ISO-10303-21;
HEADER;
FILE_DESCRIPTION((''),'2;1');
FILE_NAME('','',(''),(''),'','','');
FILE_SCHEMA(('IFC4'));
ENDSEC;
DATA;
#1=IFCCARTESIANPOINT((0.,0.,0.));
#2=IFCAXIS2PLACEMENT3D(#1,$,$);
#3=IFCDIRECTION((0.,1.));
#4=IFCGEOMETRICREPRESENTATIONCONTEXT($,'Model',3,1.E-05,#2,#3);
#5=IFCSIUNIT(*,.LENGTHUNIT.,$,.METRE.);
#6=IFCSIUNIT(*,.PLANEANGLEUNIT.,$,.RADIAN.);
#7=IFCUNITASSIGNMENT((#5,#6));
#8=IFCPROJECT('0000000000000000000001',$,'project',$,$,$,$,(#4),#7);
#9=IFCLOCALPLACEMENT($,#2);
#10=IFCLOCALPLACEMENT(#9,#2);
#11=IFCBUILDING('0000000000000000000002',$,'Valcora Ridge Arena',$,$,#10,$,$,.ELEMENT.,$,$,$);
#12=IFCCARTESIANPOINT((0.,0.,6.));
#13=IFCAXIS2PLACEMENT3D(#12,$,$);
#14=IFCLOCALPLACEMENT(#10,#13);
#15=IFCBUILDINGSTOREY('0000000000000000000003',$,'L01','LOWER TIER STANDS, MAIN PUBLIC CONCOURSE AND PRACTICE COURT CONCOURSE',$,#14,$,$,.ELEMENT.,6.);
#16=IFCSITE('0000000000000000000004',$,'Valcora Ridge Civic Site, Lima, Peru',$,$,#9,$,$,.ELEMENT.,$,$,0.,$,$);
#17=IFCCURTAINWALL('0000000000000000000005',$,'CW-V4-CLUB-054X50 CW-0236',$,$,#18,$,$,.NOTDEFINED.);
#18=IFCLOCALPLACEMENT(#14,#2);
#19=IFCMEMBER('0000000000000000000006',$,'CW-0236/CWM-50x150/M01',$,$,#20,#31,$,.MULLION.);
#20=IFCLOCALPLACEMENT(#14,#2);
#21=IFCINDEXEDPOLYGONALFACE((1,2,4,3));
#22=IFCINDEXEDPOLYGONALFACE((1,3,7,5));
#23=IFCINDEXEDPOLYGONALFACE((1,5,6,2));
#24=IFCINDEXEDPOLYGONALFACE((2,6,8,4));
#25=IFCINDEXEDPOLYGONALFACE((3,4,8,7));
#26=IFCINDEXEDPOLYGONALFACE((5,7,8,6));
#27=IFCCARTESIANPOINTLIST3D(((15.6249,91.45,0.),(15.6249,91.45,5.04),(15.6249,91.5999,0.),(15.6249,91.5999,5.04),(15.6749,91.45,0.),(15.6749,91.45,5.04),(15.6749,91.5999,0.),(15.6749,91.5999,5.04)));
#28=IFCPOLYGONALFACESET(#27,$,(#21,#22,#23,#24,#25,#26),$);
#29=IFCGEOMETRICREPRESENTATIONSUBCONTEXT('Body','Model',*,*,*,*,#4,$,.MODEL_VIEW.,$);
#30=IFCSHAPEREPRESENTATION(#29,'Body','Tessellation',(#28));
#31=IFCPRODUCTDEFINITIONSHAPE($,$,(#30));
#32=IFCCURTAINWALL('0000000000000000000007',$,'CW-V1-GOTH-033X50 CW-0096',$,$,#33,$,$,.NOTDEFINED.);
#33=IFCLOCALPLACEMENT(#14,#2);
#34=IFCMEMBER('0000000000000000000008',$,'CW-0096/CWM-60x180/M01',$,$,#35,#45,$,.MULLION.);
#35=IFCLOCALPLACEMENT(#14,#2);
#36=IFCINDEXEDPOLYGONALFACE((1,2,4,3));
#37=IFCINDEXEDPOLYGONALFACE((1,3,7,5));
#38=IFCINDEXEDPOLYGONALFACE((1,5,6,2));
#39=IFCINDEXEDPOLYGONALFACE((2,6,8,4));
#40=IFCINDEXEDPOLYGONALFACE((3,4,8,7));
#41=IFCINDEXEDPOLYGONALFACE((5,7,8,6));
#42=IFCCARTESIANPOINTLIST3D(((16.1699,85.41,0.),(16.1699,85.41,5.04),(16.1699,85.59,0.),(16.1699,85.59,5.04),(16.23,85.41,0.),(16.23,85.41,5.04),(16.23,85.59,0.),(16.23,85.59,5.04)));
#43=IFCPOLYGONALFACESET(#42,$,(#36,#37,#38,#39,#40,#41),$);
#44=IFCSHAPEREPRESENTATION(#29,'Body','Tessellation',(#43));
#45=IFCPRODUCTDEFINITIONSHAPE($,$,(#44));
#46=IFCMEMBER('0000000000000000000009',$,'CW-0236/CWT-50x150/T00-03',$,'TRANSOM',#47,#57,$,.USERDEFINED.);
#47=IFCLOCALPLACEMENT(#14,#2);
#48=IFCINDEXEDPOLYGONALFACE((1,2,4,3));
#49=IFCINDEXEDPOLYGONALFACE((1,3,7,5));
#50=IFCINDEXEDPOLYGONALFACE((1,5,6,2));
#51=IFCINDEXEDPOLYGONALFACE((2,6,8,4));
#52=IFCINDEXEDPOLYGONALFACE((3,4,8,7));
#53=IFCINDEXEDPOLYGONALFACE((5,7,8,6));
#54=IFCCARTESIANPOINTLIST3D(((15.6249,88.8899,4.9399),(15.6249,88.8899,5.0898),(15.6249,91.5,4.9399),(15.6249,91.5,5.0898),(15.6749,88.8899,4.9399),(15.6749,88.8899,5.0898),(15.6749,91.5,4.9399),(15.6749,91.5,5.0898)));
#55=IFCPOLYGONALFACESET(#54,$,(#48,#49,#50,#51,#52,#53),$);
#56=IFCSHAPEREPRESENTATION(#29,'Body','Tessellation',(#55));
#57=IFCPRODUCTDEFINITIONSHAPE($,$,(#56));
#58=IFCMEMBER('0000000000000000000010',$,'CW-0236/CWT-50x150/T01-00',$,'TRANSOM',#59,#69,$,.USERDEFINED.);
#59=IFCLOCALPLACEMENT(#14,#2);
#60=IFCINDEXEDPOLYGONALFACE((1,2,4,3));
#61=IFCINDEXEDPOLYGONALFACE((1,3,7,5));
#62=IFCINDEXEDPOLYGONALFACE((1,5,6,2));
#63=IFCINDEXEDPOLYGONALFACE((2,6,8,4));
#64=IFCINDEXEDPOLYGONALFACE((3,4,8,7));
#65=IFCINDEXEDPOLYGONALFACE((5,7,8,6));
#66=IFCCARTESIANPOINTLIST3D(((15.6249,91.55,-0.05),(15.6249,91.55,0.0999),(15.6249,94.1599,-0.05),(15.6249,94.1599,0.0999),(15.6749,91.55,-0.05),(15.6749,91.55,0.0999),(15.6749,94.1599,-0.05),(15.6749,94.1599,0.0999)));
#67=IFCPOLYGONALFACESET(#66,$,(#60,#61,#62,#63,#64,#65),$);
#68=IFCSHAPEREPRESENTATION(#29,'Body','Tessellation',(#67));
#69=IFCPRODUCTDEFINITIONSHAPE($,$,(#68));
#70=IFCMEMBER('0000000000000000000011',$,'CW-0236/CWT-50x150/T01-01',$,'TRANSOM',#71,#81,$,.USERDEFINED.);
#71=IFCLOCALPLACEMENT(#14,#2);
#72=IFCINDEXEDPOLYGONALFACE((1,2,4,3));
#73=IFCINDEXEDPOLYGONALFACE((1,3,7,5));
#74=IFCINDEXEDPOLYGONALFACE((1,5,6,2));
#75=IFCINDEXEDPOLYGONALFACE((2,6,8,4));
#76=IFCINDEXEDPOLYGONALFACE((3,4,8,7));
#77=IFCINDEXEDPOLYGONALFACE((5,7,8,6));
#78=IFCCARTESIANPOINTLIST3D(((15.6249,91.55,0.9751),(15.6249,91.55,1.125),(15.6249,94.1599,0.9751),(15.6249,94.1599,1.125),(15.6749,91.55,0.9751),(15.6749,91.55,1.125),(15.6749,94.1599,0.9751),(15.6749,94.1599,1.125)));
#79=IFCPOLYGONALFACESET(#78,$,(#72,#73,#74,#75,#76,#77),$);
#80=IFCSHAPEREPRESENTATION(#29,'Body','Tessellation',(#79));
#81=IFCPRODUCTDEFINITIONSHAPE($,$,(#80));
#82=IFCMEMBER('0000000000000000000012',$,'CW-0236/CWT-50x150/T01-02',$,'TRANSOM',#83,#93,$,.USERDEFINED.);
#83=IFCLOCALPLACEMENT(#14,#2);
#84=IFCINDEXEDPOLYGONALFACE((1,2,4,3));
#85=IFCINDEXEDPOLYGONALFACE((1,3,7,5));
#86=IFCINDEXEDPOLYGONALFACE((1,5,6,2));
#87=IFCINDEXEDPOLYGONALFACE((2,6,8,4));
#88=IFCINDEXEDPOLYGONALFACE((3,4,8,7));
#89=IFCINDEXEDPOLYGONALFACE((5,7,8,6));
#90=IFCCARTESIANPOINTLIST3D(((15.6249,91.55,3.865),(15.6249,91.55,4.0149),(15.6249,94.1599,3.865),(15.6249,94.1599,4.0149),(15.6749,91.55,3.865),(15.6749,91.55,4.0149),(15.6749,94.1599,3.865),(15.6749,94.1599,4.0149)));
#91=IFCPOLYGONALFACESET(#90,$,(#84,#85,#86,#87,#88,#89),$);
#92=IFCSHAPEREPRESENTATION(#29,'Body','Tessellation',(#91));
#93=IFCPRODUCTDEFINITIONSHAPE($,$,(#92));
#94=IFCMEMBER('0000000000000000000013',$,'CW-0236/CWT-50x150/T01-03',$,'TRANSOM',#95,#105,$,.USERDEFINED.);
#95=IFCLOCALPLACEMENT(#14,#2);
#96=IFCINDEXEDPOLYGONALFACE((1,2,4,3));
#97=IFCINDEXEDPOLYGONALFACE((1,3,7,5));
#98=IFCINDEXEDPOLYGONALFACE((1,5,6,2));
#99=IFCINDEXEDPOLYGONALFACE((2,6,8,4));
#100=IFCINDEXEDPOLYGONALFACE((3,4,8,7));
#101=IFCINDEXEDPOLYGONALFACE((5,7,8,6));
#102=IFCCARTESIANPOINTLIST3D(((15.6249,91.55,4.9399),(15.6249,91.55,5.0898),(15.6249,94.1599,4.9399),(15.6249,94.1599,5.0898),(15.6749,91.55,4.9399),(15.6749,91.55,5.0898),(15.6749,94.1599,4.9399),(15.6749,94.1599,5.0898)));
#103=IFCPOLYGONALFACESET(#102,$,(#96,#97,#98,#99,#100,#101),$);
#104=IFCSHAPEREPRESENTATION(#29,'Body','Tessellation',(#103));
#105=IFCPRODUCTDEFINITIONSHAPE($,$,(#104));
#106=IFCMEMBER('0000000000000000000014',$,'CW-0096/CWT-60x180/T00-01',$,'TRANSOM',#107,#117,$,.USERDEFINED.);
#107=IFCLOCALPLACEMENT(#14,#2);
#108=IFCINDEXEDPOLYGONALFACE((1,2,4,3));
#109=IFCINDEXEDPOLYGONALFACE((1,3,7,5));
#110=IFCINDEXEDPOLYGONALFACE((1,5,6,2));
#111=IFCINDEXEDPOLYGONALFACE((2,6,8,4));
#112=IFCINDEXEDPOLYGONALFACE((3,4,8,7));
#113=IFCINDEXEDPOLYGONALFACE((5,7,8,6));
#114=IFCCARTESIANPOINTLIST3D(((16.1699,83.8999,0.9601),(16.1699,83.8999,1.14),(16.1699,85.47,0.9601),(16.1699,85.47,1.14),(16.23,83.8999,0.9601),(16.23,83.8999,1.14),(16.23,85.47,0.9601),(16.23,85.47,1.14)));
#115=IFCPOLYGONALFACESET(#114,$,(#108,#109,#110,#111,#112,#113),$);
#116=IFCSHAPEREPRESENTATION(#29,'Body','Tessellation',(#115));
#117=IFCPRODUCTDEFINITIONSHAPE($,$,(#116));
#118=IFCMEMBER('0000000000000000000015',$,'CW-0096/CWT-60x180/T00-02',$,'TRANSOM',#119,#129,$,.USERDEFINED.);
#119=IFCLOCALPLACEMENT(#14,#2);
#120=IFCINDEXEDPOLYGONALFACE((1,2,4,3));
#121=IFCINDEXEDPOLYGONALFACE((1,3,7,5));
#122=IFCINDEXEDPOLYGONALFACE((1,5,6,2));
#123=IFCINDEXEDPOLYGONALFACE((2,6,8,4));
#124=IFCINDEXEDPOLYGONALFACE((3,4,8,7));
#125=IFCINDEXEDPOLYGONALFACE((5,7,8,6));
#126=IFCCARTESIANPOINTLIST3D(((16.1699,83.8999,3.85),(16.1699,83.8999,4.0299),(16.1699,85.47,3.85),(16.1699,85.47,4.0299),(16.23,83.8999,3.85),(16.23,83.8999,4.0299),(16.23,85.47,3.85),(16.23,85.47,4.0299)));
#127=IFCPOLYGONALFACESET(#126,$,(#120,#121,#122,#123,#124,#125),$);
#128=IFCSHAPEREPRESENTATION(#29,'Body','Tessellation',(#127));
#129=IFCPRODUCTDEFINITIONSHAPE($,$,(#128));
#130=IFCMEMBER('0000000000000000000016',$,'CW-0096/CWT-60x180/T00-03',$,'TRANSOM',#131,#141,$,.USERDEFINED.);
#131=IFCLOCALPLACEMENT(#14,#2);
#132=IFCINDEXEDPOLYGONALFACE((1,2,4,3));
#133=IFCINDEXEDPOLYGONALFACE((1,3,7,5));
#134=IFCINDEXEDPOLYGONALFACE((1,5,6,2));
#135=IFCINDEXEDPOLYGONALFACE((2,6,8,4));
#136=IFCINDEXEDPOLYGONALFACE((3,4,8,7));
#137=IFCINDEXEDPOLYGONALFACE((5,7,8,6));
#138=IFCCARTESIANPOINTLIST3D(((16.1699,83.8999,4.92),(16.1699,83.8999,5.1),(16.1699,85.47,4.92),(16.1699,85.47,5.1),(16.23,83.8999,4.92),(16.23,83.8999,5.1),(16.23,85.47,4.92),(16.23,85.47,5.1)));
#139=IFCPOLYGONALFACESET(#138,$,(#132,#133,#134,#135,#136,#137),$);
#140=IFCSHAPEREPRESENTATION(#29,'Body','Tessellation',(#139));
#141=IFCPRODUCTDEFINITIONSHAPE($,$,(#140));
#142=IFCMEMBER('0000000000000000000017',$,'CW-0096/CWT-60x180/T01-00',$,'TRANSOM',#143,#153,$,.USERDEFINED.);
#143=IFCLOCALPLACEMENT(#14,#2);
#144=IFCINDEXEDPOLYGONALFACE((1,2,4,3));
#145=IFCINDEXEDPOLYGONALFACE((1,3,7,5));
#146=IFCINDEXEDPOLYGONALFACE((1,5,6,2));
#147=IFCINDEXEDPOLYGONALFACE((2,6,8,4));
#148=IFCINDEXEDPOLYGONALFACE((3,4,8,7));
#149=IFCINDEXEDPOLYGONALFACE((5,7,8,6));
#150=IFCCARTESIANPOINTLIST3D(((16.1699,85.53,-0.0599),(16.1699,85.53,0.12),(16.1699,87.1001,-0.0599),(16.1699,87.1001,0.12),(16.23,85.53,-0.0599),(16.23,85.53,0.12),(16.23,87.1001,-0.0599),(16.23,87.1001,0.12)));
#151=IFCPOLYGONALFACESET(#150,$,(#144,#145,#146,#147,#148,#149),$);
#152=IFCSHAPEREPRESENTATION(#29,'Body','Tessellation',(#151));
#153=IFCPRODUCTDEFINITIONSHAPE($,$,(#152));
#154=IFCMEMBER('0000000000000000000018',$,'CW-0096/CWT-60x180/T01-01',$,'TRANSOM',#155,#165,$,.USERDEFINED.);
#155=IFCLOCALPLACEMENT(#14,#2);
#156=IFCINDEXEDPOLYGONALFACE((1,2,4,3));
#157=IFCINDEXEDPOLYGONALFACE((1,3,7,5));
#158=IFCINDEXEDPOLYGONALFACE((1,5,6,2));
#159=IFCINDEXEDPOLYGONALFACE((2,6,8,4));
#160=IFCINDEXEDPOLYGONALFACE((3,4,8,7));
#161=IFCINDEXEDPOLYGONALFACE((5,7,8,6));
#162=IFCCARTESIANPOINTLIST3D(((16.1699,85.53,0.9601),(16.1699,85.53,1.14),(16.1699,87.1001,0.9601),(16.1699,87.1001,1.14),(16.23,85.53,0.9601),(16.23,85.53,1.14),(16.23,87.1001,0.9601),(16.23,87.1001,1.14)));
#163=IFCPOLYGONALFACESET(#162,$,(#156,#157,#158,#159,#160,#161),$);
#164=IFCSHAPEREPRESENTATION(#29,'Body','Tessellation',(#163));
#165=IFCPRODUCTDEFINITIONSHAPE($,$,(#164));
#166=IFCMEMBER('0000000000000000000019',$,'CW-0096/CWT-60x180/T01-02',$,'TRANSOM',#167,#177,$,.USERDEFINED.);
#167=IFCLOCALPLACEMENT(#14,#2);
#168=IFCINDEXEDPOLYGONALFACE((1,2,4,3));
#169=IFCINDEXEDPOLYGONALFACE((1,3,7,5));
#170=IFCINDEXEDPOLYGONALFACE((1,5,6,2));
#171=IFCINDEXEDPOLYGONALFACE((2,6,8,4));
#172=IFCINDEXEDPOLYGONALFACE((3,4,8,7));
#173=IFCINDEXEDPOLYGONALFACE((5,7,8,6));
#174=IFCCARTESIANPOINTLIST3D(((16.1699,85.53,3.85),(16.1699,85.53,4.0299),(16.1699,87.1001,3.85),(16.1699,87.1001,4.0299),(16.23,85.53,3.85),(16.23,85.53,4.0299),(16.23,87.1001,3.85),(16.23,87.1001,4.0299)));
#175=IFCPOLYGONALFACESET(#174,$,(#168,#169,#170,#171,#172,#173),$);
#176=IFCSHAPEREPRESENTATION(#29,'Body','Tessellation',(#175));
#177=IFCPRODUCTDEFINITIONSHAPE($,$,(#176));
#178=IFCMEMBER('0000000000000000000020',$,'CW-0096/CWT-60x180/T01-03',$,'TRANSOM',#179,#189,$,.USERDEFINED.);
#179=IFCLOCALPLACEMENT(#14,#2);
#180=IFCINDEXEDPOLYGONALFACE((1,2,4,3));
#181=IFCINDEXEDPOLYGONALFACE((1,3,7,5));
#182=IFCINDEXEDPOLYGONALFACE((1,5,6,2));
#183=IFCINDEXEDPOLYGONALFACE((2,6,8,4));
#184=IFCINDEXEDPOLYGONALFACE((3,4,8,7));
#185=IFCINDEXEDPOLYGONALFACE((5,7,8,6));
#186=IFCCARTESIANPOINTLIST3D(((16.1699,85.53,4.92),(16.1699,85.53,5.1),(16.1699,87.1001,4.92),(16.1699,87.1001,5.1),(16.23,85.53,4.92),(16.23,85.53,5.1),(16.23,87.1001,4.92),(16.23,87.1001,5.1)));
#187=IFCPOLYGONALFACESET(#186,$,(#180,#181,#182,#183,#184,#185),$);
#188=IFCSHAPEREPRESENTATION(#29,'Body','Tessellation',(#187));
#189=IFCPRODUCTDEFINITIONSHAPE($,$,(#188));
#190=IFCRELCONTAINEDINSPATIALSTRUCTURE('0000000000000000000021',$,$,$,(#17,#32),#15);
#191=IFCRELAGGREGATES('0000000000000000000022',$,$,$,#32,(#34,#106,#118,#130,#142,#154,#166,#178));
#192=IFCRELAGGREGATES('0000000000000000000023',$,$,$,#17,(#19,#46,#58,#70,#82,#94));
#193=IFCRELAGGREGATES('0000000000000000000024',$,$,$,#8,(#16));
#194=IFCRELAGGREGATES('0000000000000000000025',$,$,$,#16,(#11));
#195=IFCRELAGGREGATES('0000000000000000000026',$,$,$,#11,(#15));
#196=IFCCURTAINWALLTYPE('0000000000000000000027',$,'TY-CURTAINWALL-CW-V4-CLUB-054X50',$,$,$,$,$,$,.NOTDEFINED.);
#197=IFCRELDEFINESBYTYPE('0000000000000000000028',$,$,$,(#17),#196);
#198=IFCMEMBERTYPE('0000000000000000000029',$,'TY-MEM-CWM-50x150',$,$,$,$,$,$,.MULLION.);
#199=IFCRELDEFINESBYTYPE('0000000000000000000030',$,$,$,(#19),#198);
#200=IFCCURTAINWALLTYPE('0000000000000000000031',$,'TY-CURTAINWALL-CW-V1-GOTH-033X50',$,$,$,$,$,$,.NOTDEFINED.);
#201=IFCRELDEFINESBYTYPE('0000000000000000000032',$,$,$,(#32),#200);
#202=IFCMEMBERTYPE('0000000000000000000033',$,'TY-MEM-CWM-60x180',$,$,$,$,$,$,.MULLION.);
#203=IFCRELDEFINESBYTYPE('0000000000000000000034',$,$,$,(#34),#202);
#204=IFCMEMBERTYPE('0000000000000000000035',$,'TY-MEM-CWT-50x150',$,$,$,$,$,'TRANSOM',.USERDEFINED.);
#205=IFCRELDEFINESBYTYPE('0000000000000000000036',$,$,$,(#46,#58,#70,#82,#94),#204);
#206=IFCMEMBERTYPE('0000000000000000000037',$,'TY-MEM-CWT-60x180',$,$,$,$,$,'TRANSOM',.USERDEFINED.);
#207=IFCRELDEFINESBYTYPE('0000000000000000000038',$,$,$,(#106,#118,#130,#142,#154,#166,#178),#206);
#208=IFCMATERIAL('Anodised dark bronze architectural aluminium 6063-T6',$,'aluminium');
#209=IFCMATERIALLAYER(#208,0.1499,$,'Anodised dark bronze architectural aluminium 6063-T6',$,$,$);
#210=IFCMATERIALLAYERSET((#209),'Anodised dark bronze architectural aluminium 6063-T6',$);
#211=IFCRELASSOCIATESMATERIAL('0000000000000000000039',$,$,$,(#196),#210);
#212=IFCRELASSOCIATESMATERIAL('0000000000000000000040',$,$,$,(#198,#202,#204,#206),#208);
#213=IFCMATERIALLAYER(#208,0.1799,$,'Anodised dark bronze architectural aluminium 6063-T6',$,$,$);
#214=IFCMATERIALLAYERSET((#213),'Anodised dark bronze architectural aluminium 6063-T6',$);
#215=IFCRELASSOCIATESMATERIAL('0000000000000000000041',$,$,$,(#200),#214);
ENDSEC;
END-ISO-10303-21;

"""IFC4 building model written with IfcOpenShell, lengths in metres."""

from ifc_helpers import new_model, si_unit, direction, frame, origin, origin_2d, place, context, subcontext, project, spatial, rectangle, extrude, material, layer, layer_set, material_profile, profile_set, type_object, element, aggregate, save


model = new_model("IFC4")

# Units and contexts
model_context = context("Model", 3, precision=1e-05, world=origin(), true_north=direction((0.0, 1.0)))
body_context = subcontext(model_context, "Body", "Model", "MODEL_VIEW")
ifc_project = project(units=[si_unit("LENGTHUNIT", "METRE"), si_unit("PLANEANGLEUNIT", "RADIAN")], contexts=[model_context])

# Site, building, storey
site_placement = place(None, origin())
site = spatial("IfcSite", under=ifc_project, at=site_placement, Name="Valcora Ridge Civic Site, Lima, Peru", CompositionType="ELEMENT", RefElevation=0.0)
building_placement = place(site_placement, origin())
building = spatial("IfcBuilding", under=site, at=building_placement, Name="Valcora Ridge Arena", CompositionType="ELEMENT")
storey_placement = place(building_placement, frame((0.0, 0.0, 6.0)))
storey = spatial("IfcBuildingStorey", under=building, at=storey_placement, Name="L01", Description="LOWER TIER STANDS, MAIN PUBLIC CONCOURSE AND PRACTICE COURT CONCOURSE", CompositionType="ELEMENT", Elevation=6.0)

# Curtain walls, members
ifc_material_1 = material(Name="Anodised dark bronze architectural aluminium 6063-T6", Category="aluminium")
ifc_layer_1 = layer(ifc_material_1, 0.1499, Name="Anodised dark bronze architectural aluminium 6063-T6")
ifc_layer_set_1 = layer_set([ifc_layer_1], Name="Anodised dark bronze architectural aluminium 6063-T6")
curtain_wall_type_1 = type_object("IfcCurtainWallType", Name="TY-CURTAINWALL-CW-V4-CLUB-054X50", PredefinedType="NOTDEFINED", material=ifc_layer_set_1)
curtain_wall_1_placement = place(storey_placement, origin())
curtain_wall_1 = element("IfcCurtainWall", 1, at=curtain_wall_1_placement, inside=storey, type_object=curtain_wall_type_1, Name="CW-V4-CLUB-054X50 CW-0236", PredefinedType="NOTDEFINED")
ifc_material_profile_1 = material_profile(ifc_material_1, rectangle(XDim=0.05, YDim=0.1499, at=origin_2d()), Name="ALU MULLION 50x150")
ifc_profile_set_1 = profile_set([ifc_material_profile_1], Name="Anodised dark bronze architectural aluminium 6063-T6")
member_type_1 = type_object("IfcMemberType", Name="TY-MEM-CWM-50x150", PredefinedType="MULLION", material=ifc_profile_set_1)
member_1_placement = place(storey_placement, frame((15.6499, 91.5249, 0.0), z_axis=(0.0, 0.0, 1.0), x_axis=(-1.0, 0.0, 0.0)))
member_1 = element("IfcMember", 2, at=member_1_placement, type_object=member_type_1, Name="CW-0236/CWM-50x150/M01", PredefinedType="MULLION", context=body_context, shape_type="SweptSolid", body=[
    extrude(rectangle(XDim=0.05, YDim=0.1499, at=origin_2d()), origin(), (0.0, 0.0, 1.0), 5.04),
])
ifc_layer_2 = layer(ifc_material_1, 0.1799, Name="Anodised dark bronze architectural aluminium 6063-T6")
ifc_layer_set_2 = layer_set([ifc_layer_2], Name="Anodised dark bronze architectural aluminium 6063-T6")
curtain_wall_type_2 = type_object("IfcCurtainWallType", Name="TY-CURTAINWALL-CW-V1-GOTH-033X50", PredefinedType="NOTDEFINED", material=ifc_layer_set_2)
curtain_wall_2_placement = place(storey_placement, origin())
curtain_wall_2 = element("IfcCurtainWall", 3, at=curtain_wall_2_placement, inside=storey, type_object=curtain_wall_type_2, Name="CW-V1-GOTH-033X50 CW-0096", PredefinedType="NOTDEFINED")
ifc_material_profile_2 = material_profile(ifc_material_1, rectangle(XDim=0.0601, YDim=0.1799, at=origin_2d()), Name="ALU MULLION 60x180")
ifc_profile_set_2 = profile_set([ifc_material_profile_2], Name="Anodised dark bronze architectural aluminium 6063-T6")
member_type_2 = type_object("IfcMemberType", Name="TY-MEM-CWM-60x180", PredefinedType="MULLION", material=ifc_profile_set_2)
member_2_placement = place(storey_placement, frame((16.2, 85.5, 0.0), z_axis=(0.0, 0.0, 1.0), x_axis=(-1.0, 0.0, 0.0)))
member_2 = element("IfcMember", 4, at=member_2_placement, type_object=member_type_2, Name="CW-0096/CWM-60x180/M01", PredefinedType="MULLION", context=body_context, shape_type="SweptSolid", body=[
    extrude(rectangle(XDim=0.0601, YDim=0.1799, at=origin_2d()), origin(), (0.0, 0.0, 1.0), 5.04),
])

# Members
ifc_material_profile_3 = material_profile(ifc_material_1, rectangle(XDim=0.05, YDim=0.1499, at=origin_2d()), Name="ALU TRANSOM 50x150")
ifc_profile_set_3 = profile_set([ifc_material_profile_3], Name="Anodised dark bronze architectural aluminium 6063-T6")
member_type_3 = type_object("IfcMemberType", Name="TY-MEM-CWT-50x150", ElementType="TRANSOM", PredefinedType="USERDEFINED", material=ifc_profile_set_3)
member_3_placement = place(storey_placement, frame((15.6499, 88.8899, 5.0149), z_axis=(0.0, 1.0, 0.0), x_axis=(-1.0, 0.0, 0.0)))
member_3 = element("IfcMember", 5, at=member_3_placement, type_object=member_type_3, Name="CW-0236/CWT-50x150/T00-03", ObjectType="TRANSOM", PredefinedType="USERDEFINED", context=body_context, shape_type="SweptSolid", body=[
    extrude(rectangle(XDim=0.05, YDim=0.1499, at=origin_2d()), origin(), (0.0, 0.0, 1.0), 2.6101),
])
member_4_placement = place(storey_placement, frame((15.6499, 91.55, 0.0249), z_axis=(0.0, 1.0, 0.0), x_axis=(-1.0, 0.0, 0.0)))
member_4 = element("IfcMember", 6, at=member_4_placement, type_object=member_type_3, Name="CW-0236/CWT-50x150/T01-00", ObjectType="TRANSOM", PredefinedType="USERDEFINED", context=body_context, shape_type="SweptSolid", body=[
    extrude(rectangle(XDim=0.05, YDim=0.1499, at=origin_2d()), origin(), (0.0, 0.0, 1.0), 2.6099),
])
member_5_placement = place(storey_placement, frame((15.6499, 91.55, 1.05), z_axis=(0.0, 1.0, 0.0), x_axis=(-1.0, 0.0, 0.0)))
member_5 = element("IfcMember", 7, at=member_5_placement, type_object=member_type_3, Name="CW-0236/CWT-50x150/T01-01", ObjectType="TRANSOM", PredefinedType="USERDEFINED", context=body_context, shape_type="SweptSolid", body=[
    extrude(rectangle(XDim=0.05, YDim=0.1499, at=origin_2d()), origin(), (0.0, 0.0, 1.0), 2.6099),
])
member_6_placement = place(storey_placement, frame((15.6499, 91.55, 3.9399), z_axis=(0.0, 1.0, 0.0), x_axis=(-1.0, 0.0, 0.0)))
member_6 = element("IfcMember", 8, at=member_6_placement, type_object=member_type_3, Name="CW-0236/CWT-50x150/T01-02", ObjectType="TRANSOM", PredefinedType="USERDEFINED", context=body_context, shape_type="SweptSolid", body=[
    extrude(rectangle(XDim=0.05, YDim=0.1499, at=origin_2d()), origin(), (0.0, 0.0, 1.0), 2.6099),
])
member_7_placement = place(storey_placement, frame((15.6499, 91.55, 5.0149), z_axis=(0.0, 1.0, 0.0), x_axis=(-1.0, 0.0, 0.0)))
member_7 = element("IfcMember", 9, at=member_7_placement, type_object=member_type_3, Name="CW-0236/CWT-50x150/T01-03", ObjectType="TRANSOM", PredefinedType="USERDEFINED", context=body_context, shape_type="SweptSolid", body=[
    extrude(rectangle(XDim=0.05, YDim=0.1499, at=origin_2d()), origin(), (0.0, 0.0, 1.0), 2.6099),
])
ifc_material_profile_4 = material_profile(ifc_material_1, rectangle(XDim=0.0601, YDim=0.1799, at=origin_2d()), Name="ALU TRANSOM 60x180")
ifc_profile_set_4 = profile_set([ifc_material_profile_4], Name="Anodised dark bronze architectural aluminium 6063-T6")
member_type_4 = type_object("IfcMemberType", Name="TY-MEM-CWT-60x180", ElementType="TRANSOM", PredefinedType="USERDEFINED", material=ifc_profile_set_4)
member_8_placement = place(storey_placement, frame((16.2, 83.8999, 1.05), z_axis=(0.0, 1.0, 0.0), x_axis=(-1.0, 0.0, 0.0)))
member_8 = element("IfcMember", 10, at=member_8_placement, type_object=member_type_4, Name="CW-0096/CWT-60x180/T00-01", ObjectType="TRANSOM", PredefinedType="USERDEFINED", context=body_context, shape_type="SweptSolid", body=[
    extrude(rectangle(XDim=0.0601, YDim=0.1799, at=origin_2d()), origin(), (0.0, 0.0, 1.0), 1.5701),
])
member_9_placement = place(storey_placement, frame((16.2, 83.8999, 3.9399), z_axis=(0.0, 1.0, 0.0), x_axis=(-1.0, 0.0, 0.0)))
member_9 = element("IfcMember", 11, at=member_9_placement, type_object=member_type_4, Name="CW-0096/CWT-60x180/T00-02", ObjectType="TRANSOM", PredefinedType="USERDEFINED", context=body_context, shape_type="SweptSolid", body=[
    extrude(rectangle(XDim=0.0601, YDim=0.1799, at=origin_2d()), origin(), (0.0, 0.0, 1.0), 1.5701),
])
member_10_placement = place(storey_placement, frame((16.2, 83.8999, 5.01), z_axis=(0.0, 1.0, 0.0), x_axis=(-1.0, 0.0, 0.0)))
member_10 = element("IfcMember", 12, at=member_10_placement, type_object=member_type_4, Name="CW-0096/CWT-60x180/T00-03", ObjectType="TRANSOM", PredefinedType="USERDEFINED", context=body_context, shape_type="SweptSolid", body=[
    extrude(rectangle(XDim=0.0601, YDim=0.1799, at=origin_2d()), origin(), (0.0, 0.0, 1.0), 1.5701),
])
member_11_placement = place(storey_placement, frame((16.2, 85.53, 0.03), z_axis=(0.0, 1.0, 0.0), x_axis=(-1.0, 0.0, 0.0)))
member_11 = element("IfcMember", 13, at=member_11_placement, type_object=member_type_4, Name="CW-0096/CWT-60x180/T01-00", ObjectType="TRANSOM", PredefinedType="USERDEFINED", context=body_context, shape_type="SweptSolid", body=[
    extrude(rectangle(XDim=0.0601, YDim=0.1799, at=origin_2d()), origin(), (0.0, 0.0, 1.0), 1.5701),
])
member_12_placement = place(storey_placement, frame((16.2, 85.53, 1.05), z_axis=(0.0, 1.0, 0.0), x_axis=(-1.0, 0.0, 0.0)))
member_12 = element("IfcMember", 14, at=member_12_placement, type_object=member_type_4, Name="CW-0096/CWT-60x180/T01-01", ObjectType="TRANSOM", PredefinedType="USERDEFINED", context=body_context, shape_type="SweptSolid", body=[
    extrude(rectangle(XDim=0.0601, YDim=0.1799, at=origin_2d()), origin(), (0.0, 0.0, 1.0), 1.5701),
])
member_13_placement = place(storey_placement, frame((16.2, 85.53, 3.9399), z_axis=(0.0, 1.0, 0.0), x_axis=(-1.0, 0.0, 0.0)))
member_13 = element("IfcMember", 15, at=member_13_placement, type_object=member_type_4, Name="CW-0096/CWT-60x180/T01-02", ObjectType="TRANSOM", PredefinedType="USERDEFINED", context=body_context, shape_type="SweptSolid", body=[
    extrude(rectangle(XDim=0.0601, YDim=0.1799, at=origin_2d()), origin(), (0.0, 0.0, 1.0), 1.5701),
])
member_14_placement = place(storey_placement, frame((16.2, 85.53, 5.01), z_axis=(0.0, 1.0, 0.0), x_axis=(-1.0, 0.0, 0.0)))
member_14 = element("IfcMember", 16, at=member_14_placement, type_object=member_type_4, Name="CW-0096/CWT-60x180/T01-03", ObjectType="TRANSOM", PredefinedType="USERDEFINED", context=body_context, shape_type="SweptSolid", body=[
    extrude(rectangle(XDim=0.0601, YDim=0.1799, at=origin_2d()), origin(), (0.0, 0.0, 1.0), 1.5701),
])

aggregate(curtain_wall_2, [member_2, member_8, member_9, member_10, member_11, member_12, member_13, member_14])
aggregate(curtain_wall_1, [member_1, member_3, member_4, member_5, member_6, member_7])

save(model, "model.ifc")
